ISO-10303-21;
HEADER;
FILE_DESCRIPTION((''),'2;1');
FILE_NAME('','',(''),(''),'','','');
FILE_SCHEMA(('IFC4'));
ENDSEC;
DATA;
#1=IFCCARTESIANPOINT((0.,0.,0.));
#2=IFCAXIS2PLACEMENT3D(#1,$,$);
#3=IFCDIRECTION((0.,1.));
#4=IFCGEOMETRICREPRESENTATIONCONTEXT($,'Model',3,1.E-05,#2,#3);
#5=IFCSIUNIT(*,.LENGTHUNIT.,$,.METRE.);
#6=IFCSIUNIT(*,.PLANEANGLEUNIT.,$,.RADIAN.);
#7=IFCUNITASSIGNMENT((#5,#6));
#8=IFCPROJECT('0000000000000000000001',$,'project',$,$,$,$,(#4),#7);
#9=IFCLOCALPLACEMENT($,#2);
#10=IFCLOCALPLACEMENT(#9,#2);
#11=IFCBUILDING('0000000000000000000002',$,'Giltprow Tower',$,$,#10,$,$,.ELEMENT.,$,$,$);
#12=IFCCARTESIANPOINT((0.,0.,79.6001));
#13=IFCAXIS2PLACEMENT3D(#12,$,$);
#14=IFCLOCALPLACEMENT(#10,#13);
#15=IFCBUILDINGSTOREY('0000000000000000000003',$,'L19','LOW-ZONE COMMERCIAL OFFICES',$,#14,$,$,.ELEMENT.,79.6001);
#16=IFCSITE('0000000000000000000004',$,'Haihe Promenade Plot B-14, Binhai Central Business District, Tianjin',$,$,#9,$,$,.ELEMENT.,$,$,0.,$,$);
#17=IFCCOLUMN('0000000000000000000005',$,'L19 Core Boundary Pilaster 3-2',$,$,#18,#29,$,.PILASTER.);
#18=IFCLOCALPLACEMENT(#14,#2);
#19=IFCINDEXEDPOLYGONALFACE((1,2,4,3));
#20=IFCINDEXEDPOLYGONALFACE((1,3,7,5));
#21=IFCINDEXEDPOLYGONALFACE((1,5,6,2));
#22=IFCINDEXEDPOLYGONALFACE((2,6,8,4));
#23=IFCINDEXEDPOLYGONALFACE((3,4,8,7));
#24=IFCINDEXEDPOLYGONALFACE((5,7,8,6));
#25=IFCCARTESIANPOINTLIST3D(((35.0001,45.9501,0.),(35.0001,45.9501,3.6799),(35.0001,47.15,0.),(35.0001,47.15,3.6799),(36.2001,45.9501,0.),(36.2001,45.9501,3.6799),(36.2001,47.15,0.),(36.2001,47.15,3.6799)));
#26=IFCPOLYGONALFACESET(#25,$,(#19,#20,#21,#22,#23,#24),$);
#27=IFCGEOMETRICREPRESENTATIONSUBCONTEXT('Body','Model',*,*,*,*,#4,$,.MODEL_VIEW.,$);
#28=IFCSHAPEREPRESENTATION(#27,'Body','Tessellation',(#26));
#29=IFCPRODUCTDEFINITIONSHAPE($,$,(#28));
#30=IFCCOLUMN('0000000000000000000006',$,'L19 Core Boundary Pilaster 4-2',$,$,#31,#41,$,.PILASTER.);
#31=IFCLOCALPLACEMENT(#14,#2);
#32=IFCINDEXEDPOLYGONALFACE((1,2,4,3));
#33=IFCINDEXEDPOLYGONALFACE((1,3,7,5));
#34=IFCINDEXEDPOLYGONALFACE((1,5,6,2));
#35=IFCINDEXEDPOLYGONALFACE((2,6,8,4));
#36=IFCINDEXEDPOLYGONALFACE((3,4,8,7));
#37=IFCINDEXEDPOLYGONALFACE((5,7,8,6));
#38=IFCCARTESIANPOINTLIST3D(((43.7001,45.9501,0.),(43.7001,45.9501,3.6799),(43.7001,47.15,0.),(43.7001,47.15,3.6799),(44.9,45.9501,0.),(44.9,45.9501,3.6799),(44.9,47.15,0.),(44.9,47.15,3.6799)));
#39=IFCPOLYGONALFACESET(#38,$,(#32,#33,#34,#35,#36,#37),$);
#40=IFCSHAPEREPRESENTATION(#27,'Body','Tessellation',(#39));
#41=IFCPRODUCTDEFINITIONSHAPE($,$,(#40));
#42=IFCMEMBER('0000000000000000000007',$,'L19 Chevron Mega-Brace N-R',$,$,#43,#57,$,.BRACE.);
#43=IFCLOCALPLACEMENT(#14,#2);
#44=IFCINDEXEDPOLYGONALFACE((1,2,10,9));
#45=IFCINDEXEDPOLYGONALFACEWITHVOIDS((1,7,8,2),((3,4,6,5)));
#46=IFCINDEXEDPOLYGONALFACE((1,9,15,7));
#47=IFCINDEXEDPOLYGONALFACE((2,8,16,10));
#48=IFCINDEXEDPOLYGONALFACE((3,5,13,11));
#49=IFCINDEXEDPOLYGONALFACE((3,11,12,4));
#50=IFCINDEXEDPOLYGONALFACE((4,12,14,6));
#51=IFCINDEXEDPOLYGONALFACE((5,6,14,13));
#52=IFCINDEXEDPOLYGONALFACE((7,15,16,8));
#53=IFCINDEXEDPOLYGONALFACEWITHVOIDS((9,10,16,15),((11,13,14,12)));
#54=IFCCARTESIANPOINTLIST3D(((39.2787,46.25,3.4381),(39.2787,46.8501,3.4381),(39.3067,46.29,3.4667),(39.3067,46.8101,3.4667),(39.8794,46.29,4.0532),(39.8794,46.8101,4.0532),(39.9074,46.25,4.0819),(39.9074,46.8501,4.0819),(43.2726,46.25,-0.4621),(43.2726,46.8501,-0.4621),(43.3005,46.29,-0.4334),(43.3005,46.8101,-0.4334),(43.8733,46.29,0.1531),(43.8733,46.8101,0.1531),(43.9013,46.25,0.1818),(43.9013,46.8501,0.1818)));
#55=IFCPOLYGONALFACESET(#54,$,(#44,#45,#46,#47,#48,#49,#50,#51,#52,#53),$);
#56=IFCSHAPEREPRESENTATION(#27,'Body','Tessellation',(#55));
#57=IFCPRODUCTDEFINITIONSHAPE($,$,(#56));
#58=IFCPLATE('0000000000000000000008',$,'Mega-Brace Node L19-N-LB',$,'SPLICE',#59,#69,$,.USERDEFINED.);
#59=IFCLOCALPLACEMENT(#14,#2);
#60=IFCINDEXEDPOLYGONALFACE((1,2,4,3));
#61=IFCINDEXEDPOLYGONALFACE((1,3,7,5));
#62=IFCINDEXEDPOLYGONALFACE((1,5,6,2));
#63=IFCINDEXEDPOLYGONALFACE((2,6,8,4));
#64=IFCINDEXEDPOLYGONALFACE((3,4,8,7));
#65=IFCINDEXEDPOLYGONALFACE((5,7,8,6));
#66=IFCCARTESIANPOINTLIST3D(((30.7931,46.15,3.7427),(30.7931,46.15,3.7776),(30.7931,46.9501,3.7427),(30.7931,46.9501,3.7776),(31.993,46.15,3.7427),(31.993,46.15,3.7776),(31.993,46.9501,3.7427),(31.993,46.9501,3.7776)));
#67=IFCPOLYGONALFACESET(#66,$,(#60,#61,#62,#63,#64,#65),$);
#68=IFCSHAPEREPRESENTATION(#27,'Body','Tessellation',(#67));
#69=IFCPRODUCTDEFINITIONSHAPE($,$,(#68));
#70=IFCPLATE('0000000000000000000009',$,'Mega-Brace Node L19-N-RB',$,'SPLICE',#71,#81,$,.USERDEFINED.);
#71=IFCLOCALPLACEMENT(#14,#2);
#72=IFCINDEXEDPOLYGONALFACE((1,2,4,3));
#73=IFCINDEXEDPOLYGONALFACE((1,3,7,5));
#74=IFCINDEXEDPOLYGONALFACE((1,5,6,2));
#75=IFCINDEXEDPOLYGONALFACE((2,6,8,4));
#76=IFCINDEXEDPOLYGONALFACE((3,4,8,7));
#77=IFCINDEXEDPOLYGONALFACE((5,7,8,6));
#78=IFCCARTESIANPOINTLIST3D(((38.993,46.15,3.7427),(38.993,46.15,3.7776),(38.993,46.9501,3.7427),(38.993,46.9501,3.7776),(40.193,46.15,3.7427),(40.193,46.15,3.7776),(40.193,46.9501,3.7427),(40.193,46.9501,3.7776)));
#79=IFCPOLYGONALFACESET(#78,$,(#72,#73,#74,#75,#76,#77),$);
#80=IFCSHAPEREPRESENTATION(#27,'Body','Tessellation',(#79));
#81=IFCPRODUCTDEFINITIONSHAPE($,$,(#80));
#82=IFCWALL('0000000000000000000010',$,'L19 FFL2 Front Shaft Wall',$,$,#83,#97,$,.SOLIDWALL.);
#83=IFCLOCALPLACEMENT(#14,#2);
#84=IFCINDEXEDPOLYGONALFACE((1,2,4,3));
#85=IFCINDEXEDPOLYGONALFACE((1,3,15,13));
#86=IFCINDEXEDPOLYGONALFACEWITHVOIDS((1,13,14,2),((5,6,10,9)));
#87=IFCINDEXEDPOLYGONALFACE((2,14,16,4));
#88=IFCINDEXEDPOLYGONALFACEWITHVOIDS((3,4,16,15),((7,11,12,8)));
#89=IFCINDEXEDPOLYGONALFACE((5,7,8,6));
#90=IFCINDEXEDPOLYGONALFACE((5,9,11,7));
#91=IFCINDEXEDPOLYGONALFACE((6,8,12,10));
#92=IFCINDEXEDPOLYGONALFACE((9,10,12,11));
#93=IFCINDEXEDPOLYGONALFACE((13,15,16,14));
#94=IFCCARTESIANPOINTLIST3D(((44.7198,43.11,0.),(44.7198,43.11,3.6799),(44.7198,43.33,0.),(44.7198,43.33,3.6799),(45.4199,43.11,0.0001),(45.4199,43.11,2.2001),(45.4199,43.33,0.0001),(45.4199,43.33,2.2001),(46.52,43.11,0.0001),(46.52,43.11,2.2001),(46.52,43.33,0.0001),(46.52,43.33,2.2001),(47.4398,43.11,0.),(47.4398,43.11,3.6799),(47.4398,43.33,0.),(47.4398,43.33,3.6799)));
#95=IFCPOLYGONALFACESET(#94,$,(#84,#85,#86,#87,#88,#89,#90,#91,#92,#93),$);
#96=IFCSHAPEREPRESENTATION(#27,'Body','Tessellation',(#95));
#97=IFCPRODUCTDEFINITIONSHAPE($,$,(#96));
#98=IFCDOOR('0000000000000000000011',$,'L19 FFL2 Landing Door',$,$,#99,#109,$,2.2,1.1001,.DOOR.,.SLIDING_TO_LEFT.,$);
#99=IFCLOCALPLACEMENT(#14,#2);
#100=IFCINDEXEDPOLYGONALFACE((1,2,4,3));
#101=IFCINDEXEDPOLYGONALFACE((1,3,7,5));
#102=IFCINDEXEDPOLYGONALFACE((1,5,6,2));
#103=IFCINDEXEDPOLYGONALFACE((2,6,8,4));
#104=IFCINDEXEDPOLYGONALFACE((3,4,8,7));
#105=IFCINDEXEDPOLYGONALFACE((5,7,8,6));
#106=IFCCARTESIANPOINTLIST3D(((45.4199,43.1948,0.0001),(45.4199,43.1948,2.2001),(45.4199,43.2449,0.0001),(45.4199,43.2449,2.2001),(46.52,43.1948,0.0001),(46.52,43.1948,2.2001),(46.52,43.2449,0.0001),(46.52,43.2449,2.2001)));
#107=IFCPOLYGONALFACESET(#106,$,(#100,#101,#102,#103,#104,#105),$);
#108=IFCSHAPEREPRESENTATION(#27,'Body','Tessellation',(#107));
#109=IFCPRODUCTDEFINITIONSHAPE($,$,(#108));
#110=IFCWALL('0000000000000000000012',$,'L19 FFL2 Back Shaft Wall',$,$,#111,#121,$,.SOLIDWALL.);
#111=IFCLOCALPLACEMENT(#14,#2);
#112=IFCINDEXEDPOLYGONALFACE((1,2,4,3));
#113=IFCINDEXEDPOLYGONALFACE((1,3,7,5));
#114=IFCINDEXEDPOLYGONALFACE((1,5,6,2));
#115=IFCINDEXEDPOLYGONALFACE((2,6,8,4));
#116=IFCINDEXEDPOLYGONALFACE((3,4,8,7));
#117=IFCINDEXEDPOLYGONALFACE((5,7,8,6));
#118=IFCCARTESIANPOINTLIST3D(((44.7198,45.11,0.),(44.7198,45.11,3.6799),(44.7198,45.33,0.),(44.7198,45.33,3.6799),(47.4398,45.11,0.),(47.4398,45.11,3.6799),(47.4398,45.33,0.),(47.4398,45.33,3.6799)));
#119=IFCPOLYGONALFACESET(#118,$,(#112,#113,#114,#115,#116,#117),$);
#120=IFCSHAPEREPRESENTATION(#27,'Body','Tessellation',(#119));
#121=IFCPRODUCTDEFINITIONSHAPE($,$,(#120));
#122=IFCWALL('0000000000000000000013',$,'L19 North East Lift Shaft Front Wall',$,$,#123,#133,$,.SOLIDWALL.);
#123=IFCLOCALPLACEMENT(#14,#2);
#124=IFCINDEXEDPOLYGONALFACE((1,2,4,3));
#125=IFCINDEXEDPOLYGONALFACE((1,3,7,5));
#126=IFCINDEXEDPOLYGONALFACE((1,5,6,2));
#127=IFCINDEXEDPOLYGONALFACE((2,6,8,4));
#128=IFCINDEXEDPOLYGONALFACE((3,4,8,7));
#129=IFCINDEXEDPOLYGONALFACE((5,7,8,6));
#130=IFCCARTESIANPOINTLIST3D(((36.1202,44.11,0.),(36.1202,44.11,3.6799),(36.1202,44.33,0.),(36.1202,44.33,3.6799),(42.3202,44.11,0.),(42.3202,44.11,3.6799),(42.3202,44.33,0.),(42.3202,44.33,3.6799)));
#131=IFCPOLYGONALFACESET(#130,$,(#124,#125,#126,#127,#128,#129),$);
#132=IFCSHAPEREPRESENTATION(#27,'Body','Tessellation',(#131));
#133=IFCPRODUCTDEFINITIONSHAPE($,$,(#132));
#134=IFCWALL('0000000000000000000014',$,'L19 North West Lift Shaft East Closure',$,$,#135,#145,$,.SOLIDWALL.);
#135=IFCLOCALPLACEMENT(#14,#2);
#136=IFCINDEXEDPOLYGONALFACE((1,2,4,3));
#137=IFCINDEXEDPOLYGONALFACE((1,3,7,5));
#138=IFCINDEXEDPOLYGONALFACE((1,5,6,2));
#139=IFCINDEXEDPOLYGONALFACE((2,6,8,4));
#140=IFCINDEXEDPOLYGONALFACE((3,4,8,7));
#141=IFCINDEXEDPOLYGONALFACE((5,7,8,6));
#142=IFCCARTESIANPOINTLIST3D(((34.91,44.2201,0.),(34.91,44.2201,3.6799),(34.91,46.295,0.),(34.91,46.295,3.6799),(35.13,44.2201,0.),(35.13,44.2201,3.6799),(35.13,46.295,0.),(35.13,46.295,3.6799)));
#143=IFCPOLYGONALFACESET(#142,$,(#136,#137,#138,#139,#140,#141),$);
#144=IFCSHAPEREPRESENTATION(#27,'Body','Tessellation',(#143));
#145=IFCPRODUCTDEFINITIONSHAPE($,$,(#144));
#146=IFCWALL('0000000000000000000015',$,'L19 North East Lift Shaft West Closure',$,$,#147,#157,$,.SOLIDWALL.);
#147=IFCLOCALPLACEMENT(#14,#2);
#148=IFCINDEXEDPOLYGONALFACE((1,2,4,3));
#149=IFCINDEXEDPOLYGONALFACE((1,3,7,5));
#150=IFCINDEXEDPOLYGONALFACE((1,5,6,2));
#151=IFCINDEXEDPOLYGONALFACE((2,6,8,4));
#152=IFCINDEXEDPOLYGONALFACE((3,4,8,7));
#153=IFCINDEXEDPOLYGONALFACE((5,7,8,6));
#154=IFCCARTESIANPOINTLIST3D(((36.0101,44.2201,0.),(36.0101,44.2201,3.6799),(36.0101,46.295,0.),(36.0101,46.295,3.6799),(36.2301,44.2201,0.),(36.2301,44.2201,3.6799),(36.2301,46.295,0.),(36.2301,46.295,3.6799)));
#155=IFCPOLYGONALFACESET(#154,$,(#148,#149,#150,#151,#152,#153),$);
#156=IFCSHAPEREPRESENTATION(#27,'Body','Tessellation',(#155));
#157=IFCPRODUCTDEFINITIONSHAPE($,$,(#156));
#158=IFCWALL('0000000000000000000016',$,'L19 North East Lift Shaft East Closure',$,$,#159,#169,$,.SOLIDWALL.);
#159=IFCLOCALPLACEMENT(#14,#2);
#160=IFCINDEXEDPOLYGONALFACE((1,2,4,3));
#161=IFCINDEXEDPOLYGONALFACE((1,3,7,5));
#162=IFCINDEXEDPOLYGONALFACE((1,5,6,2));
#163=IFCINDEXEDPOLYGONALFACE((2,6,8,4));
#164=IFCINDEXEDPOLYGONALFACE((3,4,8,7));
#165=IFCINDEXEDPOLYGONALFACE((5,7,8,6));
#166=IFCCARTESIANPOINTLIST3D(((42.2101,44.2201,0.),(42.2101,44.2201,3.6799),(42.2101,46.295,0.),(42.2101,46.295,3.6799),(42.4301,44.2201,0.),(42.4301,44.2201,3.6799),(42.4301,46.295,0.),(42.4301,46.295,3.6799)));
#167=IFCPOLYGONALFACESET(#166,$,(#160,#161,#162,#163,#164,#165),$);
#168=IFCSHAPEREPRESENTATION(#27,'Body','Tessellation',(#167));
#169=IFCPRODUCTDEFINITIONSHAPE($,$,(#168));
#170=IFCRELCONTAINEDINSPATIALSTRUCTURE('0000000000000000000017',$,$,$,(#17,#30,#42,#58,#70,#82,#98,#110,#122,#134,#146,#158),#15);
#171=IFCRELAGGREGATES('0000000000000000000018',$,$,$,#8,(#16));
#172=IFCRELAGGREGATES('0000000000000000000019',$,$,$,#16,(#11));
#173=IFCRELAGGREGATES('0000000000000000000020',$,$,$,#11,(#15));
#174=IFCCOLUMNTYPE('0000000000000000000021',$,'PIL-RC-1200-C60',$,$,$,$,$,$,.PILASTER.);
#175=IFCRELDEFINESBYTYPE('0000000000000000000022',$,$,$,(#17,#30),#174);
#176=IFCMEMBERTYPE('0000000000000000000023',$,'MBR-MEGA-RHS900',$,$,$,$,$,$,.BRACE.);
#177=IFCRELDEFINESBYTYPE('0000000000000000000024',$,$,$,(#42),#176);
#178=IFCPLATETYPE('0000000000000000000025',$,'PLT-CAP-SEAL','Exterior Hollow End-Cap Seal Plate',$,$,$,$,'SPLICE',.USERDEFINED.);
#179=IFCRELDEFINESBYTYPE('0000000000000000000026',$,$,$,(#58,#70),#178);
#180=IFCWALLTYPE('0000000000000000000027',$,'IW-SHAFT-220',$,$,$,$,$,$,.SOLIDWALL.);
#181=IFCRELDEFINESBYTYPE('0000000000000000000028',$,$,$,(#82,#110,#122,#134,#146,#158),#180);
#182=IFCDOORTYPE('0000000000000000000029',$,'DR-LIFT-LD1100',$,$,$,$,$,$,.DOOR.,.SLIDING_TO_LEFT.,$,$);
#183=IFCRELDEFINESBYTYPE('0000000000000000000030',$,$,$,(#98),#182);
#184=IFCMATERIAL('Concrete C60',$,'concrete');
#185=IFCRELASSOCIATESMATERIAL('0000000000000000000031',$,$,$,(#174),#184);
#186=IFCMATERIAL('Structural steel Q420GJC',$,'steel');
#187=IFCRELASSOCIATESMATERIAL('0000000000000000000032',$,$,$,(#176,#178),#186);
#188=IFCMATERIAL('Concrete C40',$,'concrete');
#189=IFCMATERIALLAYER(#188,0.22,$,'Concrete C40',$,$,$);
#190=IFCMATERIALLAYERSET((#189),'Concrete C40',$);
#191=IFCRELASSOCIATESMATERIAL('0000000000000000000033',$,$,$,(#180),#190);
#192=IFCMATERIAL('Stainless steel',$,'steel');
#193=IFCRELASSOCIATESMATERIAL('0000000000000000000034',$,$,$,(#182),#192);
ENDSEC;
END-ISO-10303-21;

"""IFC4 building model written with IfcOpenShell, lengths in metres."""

from ifc_helpers import new_model, si_unit, direction, frame, frame_2d, origin, origin_2d, place, context, subcontext, project, spatial, rectangle, hollow_rectangle, extrude, source, transform, mapped, material, layer, layer_set, material_profile, profile_set, type_object, element, fill, save


model = new_model("IFC4")

# Units and contexts
model_context = context("Model", 3, precision=1e-05, world=origin(), true_north=direction((0.0, 1.0)))
body_context = subcontext(model_context, "Body", "Model", "MODEL_VIEW")
ifc_project = project(units=[si_unit("LENGTHUNIT", "METRE"), si_unit("PLANEANGLEUNIT", "RADIAN")], contexts=[model_context])

# Site, building, storey
site_placement = place(None, origin())
site = spatial("IfcSite", under=ifc_project, at=site_placement, Name="Haihe Promenade Plot B-14, Binhai Central Business District, Tianjin", CompositionType="ELEMENT", RefElevation=0.0)
building_placement = place(site_placement, origin())
building = spatial("IfcBuilding", under=site, at=building_placement, Name="Giltprow Tower", CompositionType="ELEMENT")
storey_placement = place(building_placement, frame((0.0, 0.0, 79.6001)))
storey = spatial("IfcBuildingStorey", under=building, at=storey_placement, Name="L19", Description="LOW-ZONE COMMERCIAL OFFICES", CompositionType="ELEMENT", Elevation=79.6001)

# Columns
ifc_material_1 = material(Name="Concrete C60", Category="concrete")
ifc_material_profile_1 = material_profile(ifc_material_1, rectangle(XDim=1.2, YDim=1.2, at=origin_2d()), Name="RC 1200x1200")
ifc_profile_set_1 = profile_set([ifc_material_profile_1], Name="Concrete C60")
column_type = type_object("IfcColumnType", Name="PIL-RC-1200-C60", PredefinedType="PILASTER", material=ifc_profile_set_1)
shared_shape_1 = source(origin(), body_context, "Body", "SweptSolid", [
    extrude(rectangle(XDim=1.2, YDim=1.2, at=origin_2d()), origin(), (0.0, 0.0, 1.0), 3.6799),
])
for number, where, z_axis, x_axis, name in (
    (1, (35.6001, 46.55, 0.0), (0.0, 0.0, 1.0), (1.0, 0.0, 0.0), "L19 Core Boundary Pilaster 3-2"),
    (2, (44.3, 46.55, 0.0), (0.0, 0.0, 1.0), (1.0, 0.0, 0.0), "L19 Core Boundary Pilaster 4-2"),
):
    element("IfcColumn", number, at=place(storey_placement, frame(where, z_axis=z_axis, x_axis=x_axis)), inside=storey, type_object=column_type, Name=name, PredefinedType="PILASTER", context=body_context, shape_type="MappedRepresentation", body=[
        mapped(shared_shape_1, transform((0.0, 0.0, 0.0), x_axis=(1.0, 0.0, 0.0), y_axis=(0.0, 1.0, 0.0), z_axis=(0.0, 0.0, 1.0), scale=1.0)),
    ])

# Member
ifc_material_2 = material(Name="Structural steel Q420GJC", Category="steel")
ifc_material_profile_2 = material_profile(ifc_material_2, hollow_rectangle(XDim=0.6001, YDim=0.8999, WallThickness=0.04, at=origin_2d()), Name="RHS 900x600x40")
ifc_profile_set_2 = profile_set([ifc_material_profile_2], Name="Structural steel Q420GJC")
member_type = type_object("IfcMemberType", Name="MBR-MEGA-RHS900", PredefinedType="BRACE", material=ifc_profile_set_2)
shared_shape_2 = source(origin(), body_context, "Body", "SweptSolid", [
    extrude(hollow_rectangle(XDim=0.6001, YDim=0.8999, WallThickness=0.04, at=origin_2d()), origin(), (0.0, 0.0, 1.0), 5.5823),
])
member_placement = place(storey_placement, frame((43.5869, 46.55, -0.1401), z_axis=(-0.715454, 0.0, 0.69866), x_axis=(0.0, -1.0, 0.0)))
element("IfcMember", 3, at=member_placement, inside=storey, type_object=member_type, Name="L19 Chevron Mega-Brace N-R", PredefinedType="BRACE", context=body_context, shape_type="MappedRepresentation", body=[
    mapped(shared_shape_2, transform((0.0, 0.0, 0.0), x_axis=(1.0, 0.0, 0.0), y_axis=(0.0, 1.0, 0.0), z_axis=(0.0, 0.0, 1.0), scale=1.0)),
])

# Plates
plate_type = type_object("IfcPlateType", Name="PLT-CAP-SEAL", Description="Exterior Hollow End-Cap Seal Plate", ElementType="SPLICE", PredefinedType="USERDEFINED", material=ifc_material_2)
shared_shape_3 = source(origin(), body_context, "Body", "SweptSolid", [
    extrude(rectangle(XDim=1.2, YDim=0.8, at=origin_2d()), origin(), (0.0, 0.0, 1.0), 0.0349),
])
for number, where, z_axis, x_axis, name in (
    (4, (31.3931, 46.55, 3.7427), (0.0, 0.0, 1.0), (1.0, 0.0, 0.0), "Mega-Brace Node L19-N-LB"),
    (5, (39.593, 46.55, 3.7427), (0.0, 0.0, 1.0), (1.0, 0.0, 0.0), "Mega-Brace Node L19-N-RB"),
):
    element("IfcPlate", number, at=place(storey_placement, frame(where, z_axis=z_axis, x_axis=x_axis)), inside=storey, type_object=plate_type, Name=name, ObjectType="SPLICE", PredefinedType="USERDEFINED", context=body_context, shape_type="MappedRepresentation", body=[
        mapped(shared_shape_3, transform((0.0, 0.0, 0.0), x_axis=(1.0, 0.0, 0.0), y_axis=(0.0, 1.0, 0.0), z_axis=(0.0, 0.0, 1.0), scale=1.0)),
    ])

# Wall, opening, door
ifc_material_3 = material(Name="Concrete C40", Category="concrete")
ifc_layer_1 = layer(ifc_material_3, 0.22, Name="Concrete C40")
ifc_layer_set_1 = layer_set([ifc_layer_1], Name="Concrete C40")
wall_type_1 = type_object("IfcWallType", Name="IW-SHAFT-220", PredefinedType="SOLIDWALL", material=ifc_layer_set_1)
wall_1_placement = place(storey_placement, frame((44.72, 43.22, 0.0), z_axis=(0.0, 0.0, 1.0), x_axis=(1.0, 0.0, 0.0)))
wall_1 = element("IfcWall", 6, at=wall_1_placement, inside=storey, type_object=wall_type_1, Name="L19 FFL2 Front Shaft Wall", PredefinedType="SOLIDWALL", context=body_context, shape_type="SweptSolid", body=[
    extrude(rectangle(XDim=2.72, YDim=0.22, at=frame_2d((1.3599, 0.0))), origin(), (0.0, 0.0, 1.0), 3.6799),
])
opening_1_placement = place(wall_1_placement, frame((0.7, 0.0, 0.0)))
opening_1 = element("IfcOpeningElement", 7, at=opening_1_placement, cuts=wall_1, PredefinedType="OPENING", context=body_context, shape_type="SweptSolid", body=[
    extrude(rectangle(XDim=1.1001, YDim=2.2, at=frame_2d((0.55, 1.1001))), frame((0.0, 0.1199, 0.0), z_axis=(0.0, -1.0, 0.0), x_axis=(1.0, 0.0, 0.0)), (0.0, 0.0, 1.0), 0.24),
])
ifc_material_4 = material(Name="Stainless steel", Category="steel")
door_type = type_object("IfcDoorType", Name="DR-LIFT-LD1100", OperationType="SLIDING_TO_LEFT", PredefinedType="DOOR", material=ifc_material_4)
shared_shape_4 = source(origin(), body_context, "Body", "SweptSolid", [
    extrude(rectangle(XDim=1.1001, YDim=2.2, at=frame_2d((0.55, 1.1001))), frame((0.0, 0.0249, 0.0), z_axis=(0.0, -1.0, 0.0), x_axis=(1.0, 0.0, 0.0)), (0.0, 0.0, 1.0), 0.05),
])
door_1_placement = place(opening_1_placement, origin())
door_1 = element("IfcDoor", 8, at=door_1_placement, inside=storey, type_object=door_type, Name="L19 FFL2 Landing Door", OperationType="SLIDING_TO_LEFT", OverallHeight=2.2, OverallWidth=1.1001, PredefinedType="DOOR", context=body_context, shape_type="MappedRepresentation", body=[
    mapped(shared_shape_4, transform((0.0, 0.0, 0.0), x_axis=(1.0, 0.0, 0.0), y_axis=(0.0, 1.0, 0.0), z_axis=(0.0, 0.0, 1.0), scale=1.0)),
])
fill(opening_1, door_1)

# Walls
wall_2_placement = place(storey_placement, frame((44.72, 45.22, 0.0), z_axis=(0.0, 0.0, 1.0), x_axis=(1.0, 0.0, 0.0)))
element("IfcWall", 9, at=wall_2_placement, inside=storey, type_object=wall_type_1, Name="L19 FFL2 Back Shaft Wall", PredefinedType="SOLIDWALL", context=body_context, shape_type="SweptSolid", body=[
    extrude(rectangle(XDim=2.72, YDim=0.22, at=frame_2d((1.3599, 0.0))), origin(), (0.0, 0.0, 1.0), 3.6799),
])
wall_3_placement = place(storey_placement, frame((36.1201, 44.22, 0.0), z_axis=(0.0, 0.0, 1.0), x_axis=(1.0, 0.0, 0.0)))
element("IfcWall", 10, at=wall_3_placement, inside=storey, type_object=wall_type_1, Name="L19 North East Lift Shaft Front Wall", PredefinedType="SOLIDWALL", context=body_context, shape_type="SweptSolid", body=[
    extrude(rectangle(XDim=6.2, YDim=0.22, at=frame_2d((3.1001, 0.0))), origin(), (0.0, 0.0, 1.0), 3.6799),
])
for number, where, z_axis, x_axis, name in (
    (11, (35.02, 44.22, 0.0), (0.0, 0.0, 1.0), (0.0, 1.0, 0.0), "L19 North West Lift Shaft East Closure"),
    (12, (36.1201, 44.22, 0.0), (0.0, 0.0, 1.0), (0.0, 1.0, 0.0), "L19 North East Lift Shaft West Closure"),
    (13, (42.3201, 44.22, 0.0), (0.0, 0.0, 1.0), (0.0, 1.0, 0.0), "L19 North East Lift Shaft East Closure"),
):
    element("IfcWall", number, at=place(storey_placement, frame(where, z_axis=z_axis, x_axis=x_axis)), inside=storey, type_object=wall_type_1, Name=name, PredefinedType="SOLIDWALL", context=body_context, shape_type="SweptSolid", body=[
        extrude(rectangle(XDim=2.075, YDim=0.22, at=frame_2d((1.0376, 0.0))), origin(), (0.0, 0.0, 1.0), 3.6799),
    ])

save(model, "model.ifc")
